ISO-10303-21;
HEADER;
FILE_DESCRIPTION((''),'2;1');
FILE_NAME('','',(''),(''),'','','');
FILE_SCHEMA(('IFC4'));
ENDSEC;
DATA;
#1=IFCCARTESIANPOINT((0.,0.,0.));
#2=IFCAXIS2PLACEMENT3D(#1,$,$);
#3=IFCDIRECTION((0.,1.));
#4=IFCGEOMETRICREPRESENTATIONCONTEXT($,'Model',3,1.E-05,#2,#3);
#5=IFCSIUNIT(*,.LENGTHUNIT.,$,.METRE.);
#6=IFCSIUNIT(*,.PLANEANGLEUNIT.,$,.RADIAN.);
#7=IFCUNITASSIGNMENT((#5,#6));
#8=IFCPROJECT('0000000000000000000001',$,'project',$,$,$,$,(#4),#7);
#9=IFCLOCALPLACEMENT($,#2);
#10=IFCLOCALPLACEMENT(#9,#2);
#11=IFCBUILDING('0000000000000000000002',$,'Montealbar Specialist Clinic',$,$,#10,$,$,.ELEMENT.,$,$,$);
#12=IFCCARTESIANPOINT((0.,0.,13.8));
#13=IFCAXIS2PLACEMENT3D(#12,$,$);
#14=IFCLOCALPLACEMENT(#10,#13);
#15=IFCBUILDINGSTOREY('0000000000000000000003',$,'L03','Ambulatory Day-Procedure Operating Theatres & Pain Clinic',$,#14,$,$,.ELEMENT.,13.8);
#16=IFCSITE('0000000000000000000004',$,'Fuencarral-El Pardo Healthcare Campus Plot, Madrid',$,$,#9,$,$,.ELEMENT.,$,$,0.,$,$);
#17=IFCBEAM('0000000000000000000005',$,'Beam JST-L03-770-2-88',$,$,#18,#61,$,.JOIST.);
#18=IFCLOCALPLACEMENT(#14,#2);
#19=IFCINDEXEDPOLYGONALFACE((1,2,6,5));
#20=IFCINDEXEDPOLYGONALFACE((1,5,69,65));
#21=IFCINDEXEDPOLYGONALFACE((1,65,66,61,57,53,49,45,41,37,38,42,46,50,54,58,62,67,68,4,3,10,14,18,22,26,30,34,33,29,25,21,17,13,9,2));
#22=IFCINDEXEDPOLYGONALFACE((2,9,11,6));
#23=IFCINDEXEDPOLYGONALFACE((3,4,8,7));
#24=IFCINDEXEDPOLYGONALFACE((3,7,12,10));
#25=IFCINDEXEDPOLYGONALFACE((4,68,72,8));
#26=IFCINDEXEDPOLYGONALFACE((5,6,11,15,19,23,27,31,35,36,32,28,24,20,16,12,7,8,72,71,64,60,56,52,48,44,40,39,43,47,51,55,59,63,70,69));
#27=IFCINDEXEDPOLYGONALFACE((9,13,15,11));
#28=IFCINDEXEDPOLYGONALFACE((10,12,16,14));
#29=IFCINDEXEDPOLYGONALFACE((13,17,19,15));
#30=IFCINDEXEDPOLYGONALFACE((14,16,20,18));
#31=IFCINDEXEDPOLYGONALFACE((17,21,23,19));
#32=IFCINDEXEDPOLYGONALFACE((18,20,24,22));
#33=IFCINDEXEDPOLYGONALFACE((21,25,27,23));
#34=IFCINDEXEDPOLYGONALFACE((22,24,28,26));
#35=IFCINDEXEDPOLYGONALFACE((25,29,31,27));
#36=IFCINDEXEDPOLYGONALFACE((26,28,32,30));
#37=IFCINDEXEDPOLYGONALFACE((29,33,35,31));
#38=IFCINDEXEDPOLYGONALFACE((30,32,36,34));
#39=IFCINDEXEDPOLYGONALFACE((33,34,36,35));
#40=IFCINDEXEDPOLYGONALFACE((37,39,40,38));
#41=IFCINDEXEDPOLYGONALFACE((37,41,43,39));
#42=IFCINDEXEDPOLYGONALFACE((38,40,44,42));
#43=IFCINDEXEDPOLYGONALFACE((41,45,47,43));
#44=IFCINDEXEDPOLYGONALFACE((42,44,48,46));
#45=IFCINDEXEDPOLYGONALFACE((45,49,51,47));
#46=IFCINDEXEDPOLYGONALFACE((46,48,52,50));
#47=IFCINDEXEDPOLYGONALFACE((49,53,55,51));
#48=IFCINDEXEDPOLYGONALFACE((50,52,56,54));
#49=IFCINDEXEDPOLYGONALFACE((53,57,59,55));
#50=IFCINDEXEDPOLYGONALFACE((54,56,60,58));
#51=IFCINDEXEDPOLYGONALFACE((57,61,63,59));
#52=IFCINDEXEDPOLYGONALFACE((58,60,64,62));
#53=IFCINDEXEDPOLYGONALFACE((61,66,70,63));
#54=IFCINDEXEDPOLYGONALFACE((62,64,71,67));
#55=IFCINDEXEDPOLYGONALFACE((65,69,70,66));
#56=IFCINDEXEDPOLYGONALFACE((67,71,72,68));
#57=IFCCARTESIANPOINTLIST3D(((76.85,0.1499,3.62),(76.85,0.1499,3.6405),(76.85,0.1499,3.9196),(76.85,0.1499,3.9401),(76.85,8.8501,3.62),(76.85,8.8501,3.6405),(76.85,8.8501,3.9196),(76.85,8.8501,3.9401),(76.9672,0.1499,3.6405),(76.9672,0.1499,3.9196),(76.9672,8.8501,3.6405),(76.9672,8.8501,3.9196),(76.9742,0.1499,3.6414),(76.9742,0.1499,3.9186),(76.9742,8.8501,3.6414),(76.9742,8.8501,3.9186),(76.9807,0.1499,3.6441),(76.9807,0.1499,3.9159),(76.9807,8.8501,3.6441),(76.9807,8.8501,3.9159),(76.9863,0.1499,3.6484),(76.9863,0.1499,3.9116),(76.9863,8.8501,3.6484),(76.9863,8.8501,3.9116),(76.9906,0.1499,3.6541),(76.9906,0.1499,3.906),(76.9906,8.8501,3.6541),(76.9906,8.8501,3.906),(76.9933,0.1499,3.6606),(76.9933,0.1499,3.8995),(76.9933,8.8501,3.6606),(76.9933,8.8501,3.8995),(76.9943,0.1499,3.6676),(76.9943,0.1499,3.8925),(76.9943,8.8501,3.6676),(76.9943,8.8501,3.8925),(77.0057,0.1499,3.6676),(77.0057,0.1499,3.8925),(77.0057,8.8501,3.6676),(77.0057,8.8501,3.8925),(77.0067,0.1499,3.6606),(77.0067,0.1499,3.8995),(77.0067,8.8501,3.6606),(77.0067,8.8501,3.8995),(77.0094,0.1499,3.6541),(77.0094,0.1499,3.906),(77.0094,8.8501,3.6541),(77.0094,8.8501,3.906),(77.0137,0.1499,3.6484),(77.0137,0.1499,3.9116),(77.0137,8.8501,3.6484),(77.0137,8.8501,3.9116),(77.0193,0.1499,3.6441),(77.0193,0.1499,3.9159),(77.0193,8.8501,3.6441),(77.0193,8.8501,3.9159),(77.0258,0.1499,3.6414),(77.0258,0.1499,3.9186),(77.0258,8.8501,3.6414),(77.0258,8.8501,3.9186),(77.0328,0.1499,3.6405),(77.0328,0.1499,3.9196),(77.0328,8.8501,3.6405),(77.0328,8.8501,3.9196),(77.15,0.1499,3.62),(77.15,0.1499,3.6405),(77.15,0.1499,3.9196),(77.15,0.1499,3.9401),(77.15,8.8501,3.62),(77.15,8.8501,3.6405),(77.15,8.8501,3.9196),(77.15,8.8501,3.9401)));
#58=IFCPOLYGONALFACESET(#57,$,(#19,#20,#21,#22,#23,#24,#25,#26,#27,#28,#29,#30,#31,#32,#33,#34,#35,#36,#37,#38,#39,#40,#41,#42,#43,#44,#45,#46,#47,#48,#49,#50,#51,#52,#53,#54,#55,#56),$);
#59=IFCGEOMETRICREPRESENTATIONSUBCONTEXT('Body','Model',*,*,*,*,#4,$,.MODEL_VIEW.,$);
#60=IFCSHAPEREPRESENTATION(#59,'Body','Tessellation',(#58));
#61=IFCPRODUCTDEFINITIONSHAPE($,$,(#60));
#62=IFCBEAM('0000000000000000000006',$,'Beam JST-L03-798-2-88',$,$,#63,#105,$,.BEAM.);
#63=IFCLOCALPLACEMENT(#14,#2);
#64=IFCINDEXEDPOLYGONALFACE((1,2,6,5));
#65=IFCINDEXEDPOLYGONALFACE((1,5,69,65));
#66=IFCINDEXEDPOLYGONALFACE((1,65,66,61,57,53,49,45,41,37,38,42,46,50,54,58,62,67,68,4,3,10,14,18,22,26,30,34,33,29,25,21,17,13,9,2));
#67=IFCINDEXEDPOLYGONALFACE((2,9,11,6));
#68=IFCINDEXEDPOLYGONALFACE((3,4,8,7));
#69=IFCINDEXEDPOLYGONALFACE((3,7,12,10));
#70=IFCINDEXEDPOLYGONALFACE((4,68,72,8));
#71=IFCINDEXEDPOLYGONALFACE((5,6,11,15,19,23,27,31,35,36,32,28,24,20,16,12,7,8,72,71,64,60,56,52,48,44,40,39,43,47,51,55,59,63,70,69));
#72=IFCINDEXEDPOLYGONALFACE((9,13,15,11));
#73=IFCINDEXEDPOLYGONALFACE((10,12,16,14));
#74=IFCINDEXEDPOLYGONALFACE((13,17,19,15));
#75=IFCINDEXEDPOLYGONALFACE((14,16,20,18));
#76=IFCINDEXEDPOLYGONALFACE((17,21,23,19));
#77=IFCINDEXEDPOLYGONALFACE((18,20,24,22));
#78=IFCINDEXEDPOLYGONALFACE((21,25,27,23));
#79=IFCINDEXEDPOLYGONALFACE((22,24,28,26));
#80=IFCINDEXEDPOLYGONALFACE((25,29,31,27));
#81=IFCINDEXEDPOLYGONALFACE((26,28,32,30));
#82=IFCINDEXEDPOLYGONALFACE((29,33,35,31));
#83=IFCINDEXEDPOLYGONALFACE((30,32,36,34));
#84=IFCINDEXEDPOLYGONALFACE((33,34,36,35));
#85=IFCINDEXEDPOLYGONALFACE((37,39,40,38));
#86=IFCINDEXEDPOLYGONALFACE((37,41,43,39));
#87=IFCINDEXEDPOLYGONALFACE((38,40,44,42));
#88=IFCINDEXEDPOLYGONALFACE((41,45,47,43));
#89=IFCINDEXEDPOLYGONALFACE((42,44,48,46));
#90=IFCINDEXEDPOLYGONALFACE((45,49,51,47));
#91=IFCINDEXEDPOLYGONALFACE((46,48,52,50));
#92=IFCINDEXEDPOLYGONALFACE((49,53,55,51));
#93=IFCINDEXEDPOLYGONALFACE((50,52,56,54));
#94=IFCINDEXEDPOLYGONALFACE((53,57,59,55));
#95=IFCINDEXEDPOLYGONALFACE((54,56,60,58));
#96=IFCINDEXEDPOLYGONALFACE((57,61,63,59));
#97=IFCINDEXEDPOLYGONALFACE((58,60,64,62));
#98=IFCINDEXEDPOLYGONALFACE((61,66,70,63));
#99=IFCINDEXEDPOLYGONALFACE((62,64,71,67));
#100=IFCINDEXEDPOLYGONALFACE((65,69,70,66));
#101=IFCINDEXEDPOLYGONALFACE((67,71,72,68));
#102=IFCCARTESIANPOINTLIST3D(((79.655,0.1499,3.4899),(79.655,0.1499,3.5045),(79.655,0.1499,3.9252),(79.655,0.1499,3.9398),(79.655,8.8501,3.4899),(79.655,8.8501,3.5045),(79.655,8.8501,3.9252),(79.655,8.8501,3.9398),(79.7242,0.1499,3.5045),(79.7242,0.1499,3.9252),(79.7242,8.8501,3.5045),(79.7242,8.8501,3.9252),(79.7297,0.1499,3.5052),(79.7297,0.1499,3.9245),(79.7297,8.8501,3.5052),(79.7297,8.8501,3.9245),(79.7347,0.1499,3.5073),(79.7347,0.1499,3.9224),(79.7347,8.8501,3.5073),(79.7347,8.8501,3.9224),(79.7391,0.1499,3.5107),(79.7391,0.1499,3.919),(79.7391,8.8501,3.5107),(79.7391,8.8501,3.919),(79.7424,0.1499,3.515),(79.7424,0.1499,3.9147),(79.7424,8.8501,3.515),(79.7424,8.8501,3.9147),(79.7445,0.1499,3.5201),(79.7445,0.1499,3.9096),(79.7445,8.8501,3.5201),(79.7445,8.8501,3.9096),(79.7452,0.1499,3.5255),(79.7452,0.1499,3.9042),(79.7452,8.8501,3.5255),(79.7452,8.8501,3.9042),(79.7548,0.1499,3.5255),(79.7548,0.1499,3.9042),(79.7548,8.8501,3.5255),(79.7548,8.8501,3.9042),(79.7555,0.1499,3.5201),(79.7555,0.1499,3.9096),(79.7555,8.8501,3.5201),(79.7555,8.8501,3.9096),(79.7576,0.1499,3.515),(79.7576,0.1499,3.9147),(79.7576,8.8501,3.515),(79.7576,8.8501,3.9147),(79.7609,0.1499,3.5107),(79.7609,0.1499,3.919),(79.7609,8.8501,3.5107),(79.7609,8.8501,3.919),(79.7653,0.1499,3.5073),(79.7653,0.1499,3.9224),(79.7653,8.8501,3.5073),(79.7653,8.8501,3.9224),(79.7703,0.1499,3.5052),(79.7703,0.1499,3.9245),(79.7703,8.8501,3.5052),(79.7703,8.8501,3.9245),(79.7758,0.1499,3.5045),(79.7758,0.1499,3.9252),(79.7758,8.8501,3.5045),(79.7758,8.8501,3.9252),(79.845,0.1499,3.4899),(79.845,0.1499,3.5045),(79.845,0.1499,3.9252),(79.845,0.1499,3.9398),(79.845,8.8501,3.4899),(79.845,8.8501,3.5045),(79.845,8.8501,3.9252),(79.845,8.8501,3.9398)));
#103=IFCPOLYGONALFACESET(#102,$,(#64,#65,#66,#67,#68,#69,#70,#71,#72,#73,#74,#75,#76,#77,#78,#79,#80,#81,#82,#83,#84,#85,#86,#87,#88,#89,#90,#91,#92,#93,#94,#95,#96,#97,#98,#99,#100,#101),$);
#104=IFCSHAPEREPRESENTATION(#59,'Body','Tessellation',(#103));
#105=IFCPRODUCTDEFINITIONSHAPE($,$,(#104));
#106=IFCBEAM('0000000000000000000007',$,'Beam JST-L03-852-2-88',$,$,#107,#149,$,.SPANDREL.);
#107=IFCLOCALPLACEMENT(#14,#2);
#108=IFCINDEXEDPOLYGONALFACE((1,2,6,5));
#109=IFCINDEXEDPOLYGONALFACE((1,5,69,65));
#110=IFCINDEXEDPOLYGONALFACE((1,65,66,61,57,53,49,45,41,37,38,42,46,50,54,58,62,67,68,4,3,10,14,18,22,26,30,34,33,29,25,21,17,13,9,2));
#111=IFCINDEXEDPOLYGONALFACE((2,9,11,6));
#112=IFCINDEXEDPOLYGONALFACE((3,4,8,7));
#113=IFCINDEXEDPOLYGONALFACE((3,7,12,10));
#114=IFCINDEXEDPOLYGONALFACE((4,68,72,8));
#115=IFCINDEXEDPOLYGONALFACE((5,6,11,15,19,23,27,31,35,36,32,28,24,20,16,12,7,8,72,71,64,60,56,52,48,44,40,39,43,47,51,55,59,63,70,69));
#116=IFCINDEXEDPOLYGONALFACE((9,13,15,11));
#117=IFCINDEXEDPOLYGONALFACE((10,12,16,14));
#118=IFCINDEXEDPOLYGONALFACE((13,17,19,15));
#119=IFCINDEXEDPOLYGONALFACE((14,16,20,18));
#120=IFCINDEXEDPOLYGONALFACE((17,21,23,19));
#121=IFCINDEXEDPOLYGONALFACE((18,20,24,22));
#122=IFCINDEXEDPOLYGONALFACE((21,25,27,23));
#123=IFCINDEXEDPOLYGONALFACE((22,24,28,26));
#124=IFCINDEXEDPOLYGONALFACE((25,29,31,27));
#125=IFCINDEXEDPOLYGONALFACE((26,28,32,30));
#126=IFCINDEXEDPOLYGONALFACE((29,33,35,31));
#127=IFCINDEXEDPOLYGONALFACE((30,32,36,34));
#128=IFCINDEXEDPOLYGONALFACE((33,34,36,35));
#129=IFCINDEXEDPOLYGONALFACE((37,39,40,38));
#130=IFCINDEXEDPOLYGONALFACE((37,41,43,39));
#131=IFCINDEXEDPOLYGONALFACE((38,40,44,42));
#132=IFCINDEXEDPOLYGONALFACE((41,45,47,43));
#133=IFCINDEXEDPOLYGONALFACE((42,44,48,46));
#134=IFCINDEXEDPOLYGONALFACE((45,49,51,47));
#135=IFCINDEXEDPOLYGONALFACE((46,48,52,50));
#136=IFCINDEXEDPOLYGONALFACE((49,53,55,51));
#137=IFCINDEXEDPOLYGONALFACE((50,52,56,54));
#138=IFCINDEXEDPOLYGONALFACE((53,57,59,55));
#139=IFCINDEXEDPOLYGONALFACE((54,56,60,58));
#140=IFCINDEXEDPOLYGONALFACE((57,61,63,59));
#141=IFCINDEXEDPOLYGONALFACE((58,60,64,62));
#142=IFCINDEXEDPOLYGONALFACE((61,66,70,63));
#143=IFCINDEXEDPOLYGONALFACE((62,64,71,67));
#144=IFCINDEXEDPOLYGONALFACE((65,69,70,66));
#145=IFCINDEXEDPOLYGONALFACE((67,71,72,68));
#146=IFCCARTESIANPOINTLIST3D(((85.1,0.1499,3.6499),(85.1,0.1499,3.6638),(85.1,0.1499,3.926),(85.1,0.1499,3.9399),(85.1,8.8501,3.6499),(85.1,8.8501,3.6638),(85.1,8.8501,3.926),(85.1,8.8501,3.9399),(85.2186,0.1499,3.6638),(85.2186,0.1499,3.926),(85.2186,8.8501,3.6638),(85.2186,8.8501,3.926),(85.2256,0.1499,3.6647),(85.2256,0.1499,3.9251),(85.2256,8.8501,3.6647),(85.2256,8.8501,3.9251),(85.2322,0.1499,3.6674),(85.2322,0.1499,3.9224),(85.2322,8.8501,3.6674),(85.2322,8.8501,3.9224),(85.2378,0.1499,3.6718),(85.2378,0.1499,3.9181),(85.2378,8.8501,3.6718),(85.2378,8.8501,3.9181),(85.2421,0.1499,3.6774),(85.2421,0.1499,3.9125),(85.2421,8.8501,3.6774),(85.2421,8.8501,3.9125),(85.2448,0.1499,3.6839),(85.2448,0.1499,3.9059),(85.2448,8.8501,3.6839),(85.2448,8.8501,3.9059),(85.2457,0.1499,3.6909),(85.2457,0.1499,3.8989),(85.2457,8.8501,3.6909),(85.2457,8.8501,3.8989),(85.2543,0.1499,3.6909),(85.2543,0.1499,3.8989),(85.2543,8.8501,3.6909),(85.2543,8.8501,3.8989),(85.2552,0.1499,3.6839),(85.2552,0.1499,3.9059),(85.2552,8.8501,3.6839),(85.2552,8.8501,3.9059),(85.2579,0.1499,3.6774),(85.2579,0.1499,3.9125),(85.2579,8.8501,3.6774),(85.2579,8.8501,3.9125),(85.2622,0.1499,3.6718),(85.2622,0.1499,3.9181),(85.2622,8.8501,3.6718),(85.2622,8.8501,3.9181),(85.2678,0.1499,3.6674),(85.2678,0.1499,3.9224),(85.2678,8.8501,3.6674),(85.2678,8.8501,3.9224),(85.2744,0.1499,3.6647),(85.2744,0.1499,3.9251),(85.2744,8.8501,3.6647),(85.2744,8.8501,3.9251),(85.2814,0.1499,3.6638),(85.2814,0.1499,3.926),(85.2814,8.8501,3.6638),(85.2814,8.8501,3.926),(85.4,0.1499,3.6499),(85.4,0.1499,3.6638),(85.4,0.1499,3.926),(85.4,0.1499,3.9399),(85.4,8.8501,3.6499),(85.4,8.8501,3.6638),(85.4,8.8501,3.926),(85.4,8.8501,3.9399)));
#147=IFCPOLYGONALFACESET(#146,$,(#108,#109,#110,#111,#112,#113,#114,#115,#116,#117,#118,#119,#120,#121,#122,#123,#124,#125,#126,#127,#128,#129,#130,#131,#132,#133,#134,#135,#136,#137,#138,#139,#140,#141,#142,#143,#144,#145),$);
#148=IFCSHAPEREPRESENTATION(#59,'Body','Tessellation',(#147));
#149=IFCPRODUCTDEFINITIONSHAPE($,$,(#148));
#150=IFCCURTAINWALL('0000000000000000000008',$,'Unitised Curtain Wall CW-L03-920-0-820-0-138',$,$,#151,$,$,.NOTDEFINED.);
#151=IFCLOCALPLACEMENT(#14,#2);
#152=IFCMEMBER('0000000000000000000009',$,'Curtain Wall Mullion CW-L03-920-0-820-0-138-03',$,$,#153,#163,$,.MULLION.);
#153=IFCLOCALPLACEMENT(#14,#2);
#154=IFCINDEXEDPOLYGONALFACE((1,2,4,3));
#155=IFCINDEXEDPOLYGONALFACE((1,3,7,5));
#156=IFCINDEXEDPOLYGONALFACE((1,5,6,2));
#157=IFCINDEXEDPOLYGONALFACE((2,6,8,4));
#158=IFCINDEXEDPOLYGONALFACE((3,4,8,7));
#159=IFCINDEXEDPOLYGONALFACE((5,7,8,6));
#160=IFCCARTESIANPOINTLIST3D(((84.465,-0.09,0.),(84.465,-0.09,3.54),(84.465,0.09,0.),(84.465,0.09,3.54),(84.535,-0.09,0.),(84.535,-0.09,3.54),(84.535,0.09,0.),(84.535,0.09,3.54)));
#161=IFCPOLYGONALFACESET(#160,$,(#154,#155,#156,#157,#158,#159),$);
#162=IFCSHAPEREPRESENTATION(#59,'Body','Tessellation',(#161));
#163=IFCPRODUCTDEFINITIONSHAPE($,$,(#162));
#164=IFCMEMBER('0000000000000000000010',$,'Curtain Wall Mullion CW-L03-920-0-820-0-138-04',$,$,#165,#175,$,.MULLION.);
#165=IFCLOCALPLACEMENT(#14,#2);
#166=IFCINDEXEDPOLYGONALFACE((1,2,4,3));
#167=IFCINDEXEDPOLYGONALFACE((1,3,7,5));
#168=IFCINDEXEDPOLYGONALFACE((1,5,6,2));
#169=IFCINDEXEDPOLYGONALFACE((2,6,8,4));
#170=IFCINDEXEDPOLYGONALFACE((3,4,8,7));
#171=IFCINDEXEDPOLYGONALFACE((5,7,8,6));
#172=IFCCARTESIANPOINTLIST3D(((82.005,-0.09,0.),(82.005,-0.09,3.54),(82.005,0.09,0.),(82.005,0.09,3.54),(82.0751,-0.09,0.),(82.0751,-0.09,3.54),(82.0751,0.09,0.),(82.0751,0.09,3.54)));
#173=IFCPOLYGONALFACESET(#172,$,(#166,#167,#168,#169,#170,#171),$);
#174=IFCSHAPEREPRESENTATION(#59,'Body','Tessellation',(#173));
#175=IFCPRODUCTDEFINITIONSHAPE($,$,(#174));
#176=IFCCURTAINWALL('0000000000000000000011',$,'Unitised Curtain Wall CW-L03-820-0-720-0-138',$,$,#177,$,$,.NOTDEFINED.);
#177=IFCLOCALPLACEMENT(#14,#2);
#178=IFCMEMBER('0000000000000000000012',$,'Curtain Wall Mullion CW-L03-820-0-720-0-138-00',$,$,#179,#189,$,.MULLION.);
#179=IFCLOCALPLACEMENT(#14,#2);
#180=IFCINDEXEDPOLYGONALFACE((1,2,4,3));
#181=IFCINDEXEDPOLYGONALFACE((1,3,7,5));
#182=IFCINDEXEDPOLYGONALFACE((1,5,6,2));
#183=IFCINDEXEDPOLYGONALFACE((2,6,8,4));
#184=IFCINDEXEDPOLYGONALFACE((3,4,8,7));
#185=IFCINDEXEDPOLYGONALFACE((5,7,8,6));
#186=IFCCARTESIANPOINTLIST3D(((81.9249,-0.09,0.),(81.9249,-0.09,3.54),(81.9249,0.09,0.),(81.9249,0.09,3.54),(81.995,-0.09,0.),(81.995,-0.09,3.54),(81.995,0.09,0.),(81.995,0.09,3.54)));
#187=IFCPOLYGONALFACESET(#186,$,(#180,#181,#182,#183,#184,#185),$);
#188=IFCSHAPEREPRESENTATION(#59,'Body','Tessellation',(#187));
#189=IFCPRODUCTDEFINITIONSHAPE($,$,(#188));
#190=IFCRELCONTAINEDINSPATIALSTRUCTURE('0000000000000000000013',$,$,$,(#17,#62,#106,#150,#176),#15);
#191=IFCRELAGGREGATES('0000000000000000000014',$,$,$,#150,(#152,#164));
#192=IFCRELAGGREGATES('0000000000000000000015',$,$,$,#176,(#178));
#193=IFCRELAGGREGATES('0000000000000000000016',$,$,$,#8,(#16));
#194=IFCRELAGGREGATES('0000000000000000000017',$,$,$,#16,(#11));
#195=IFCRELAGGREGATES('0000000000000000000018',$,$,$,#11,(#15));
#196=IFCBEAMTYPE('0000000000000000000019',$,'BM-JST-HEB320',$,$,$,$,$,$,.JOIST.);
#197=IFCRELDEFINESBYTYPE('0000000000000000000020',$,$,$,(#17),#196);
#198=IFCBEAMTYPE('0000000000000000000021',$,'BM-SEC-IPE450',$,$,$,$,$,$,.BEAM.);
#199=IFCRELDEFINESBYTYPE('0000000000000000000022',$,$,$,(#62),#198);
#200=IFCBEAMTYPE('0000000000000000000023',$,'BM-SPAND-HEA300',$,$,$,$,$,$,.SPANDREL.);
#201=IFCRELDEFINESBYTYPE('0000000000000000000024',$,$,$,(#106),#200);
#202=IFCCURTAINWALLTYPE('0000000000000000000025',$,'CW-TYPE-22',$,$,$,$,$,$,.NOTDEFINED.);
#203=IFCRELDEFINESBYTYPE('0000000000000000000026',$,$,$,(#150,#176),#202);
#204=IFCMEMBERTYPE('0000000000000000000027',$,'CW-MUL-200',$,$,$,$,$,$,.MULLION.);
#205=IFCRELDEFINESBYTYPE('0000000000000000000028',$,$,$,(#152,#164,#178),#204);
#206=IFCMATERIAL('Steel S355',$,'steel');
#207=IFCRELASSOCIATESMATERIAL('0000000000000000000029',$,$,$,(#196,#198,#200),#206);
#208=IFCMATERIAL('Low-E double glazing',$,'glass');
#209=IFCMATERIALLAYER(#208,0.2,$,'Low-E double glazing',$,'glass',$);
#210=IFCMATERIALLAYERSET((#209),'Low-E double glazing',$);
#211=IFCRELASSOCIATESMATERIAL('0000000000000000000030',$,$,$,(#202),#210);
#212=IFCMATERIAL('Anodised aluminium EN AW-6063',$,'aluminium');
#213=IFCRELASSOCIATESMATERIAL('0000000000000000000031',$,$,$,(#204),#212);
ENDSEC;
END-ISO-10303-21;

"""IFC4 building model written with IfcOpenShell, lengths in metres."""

from ifc_helpers import new_model, si_unit, direction, frame, origin, origin_2d, place, context, subcontext, project, spatial, rectangle, i_section, extrude, material, layer, layer_set, material_profile, profile_set, type_object, element, aggregate, save


model = new_model("IFC4")

# Units and contexts
model_context = context("Model", 3, precision=1e-05, world=origin(), true_north=direction((0.0, 1.0)))
body_context = subcontext(model_context, "Body", "Model", "MODEL_VIEW")
ifc_project = project(units=[si_unit("LENGTHUNIT", "METRE"), si_unit("PLANEANGLEUNIT", "RADIAN")], contexts=[model_context])

# Site, building, storey
site_placement = place(None, origin())
site = spatial("IfcSite", under=ifc_project, at=site_placement, Name="Fuencarral-El Pardo Healthcare Campus Plot, Madrid", CompositionType="ELEMENT", RefElevation=0.0)
building_placement = place(site_placement, origin())
building = spatial("IfcBuilding", under=site, at=building_placement, Name="Montealbar Specialist Clinic", CompositionType="ELEMENT")
storey_placement = place(building_placement, frame((0.0, 0.0, 13.8)))
storey = spatial("IfcBuildingStorey", under=building, at=storey_placement, Name="L03", Description="Ambulatory Day-Procedure Operating Theatres & Pain Clinic", CompositionType="ELEMENT", Elevation=13.8)

# Shared definitions
ifc_material_1 = material(Name="Steel S355", Category="steel")

# Beams
ifc_material_profile_1 = material_profile(ifc_material_1, i_section(OverallWidth=0.3, OverallDepth=0.3201, WebThickness=0.0115, FlangeThickness=0.0205, FilletRadius=0.0271, at=origin_2d()), Name="HEB 320", Category="steel")
ifc_profile_set_1 = profile_set([ifc_material_profile_1], Name="Steel S355")
beam_type_1 = type_object("IfcBeamType", Name="BM-JST-HEB320", PredefinedType="JOIST", material=ifc_profile_set_1)
beam_1_placement = place(storey_placement, frame((77.0, 0.1499, 3.78), z_axis=(0.0, 1.0, 0.0), x_axis=(-1.0, 0.0, 0.0)))
element("IfcBeam", 1, at=beam_1_placement, inside=storey, type_object=beam_type_1, Name="Beam JST-L03-770-2-88", PredefinedType="JOIST", context=body_context, shape_type="SweptSolid", body=[
    extrude(i_section(OverallWidth=0.3, OverallDepth=0.3201, WebThickness=0.0115, FlangeThickness=0.0205, FilletRadius=0.0271, at=origin_2d()), origin(), (0.0, 0.0, 1.0), 8.7002),
])
ifc_material_profile_2 = material_profile(ifc_material_1, i_section(OverallWidth=0.1899, OverallDepth=0.45, WebThickness=0.0095, FlangeThickness=0.0146, FilletRadius=0.021, at=origin_2d()), Name="IPE 450", Category="steel")
ifc_profile_set_2 = profile_set([ifc_material_profile_2], Name="Steel S355")
beam_type_2 = type_object("IfcBeamType", Name="BM-SEC-IPE450", PredefinedType="BEAM", material=ifc_profile_set_2)
beam_2_placement = place(storey_placement, frame((79.75, 0.1499, 3.7148), z_axis=(0.0, 1.0, 0.0), x_axis=(-1.0, 0.0, 0.0)))
element("IfcBeam", 2, at=beam_2_placement, inside=storey, type_object=beam_type_2, Name="Beam JST-L03-798-2-88", PredefinedType="BEAM", context=body_context, shape_type="SweptSolid", body=[
    extrude(i_section(OverallWidth=0.1899, OverallDepth=0.45, WebThickness=0.0095, FlangeThickness=0.0146, FilletRadius=0.021, at=origin_2d()), origin(), (0.0, 0.0, 1.0), 8.7002),
])
ifc_material_profile_3 = material_profile(ifc_material_1, i_section(OverallWidth=0.3, OverallDepth=0.29, WebThickness=0.0085, FlangeThickness=0.0139, FilletRadius=0.0271, at=origin_2d()), Name="HEA 300", Category="steel")
ifc_profile_set_3 = profile_set([ifc_material_profile_3], Name="Steel S355")
beam_type_3 = type_object("IfcBeamType", Name="BM-SPAND-HEA300", PredefinedType="SPANDREL", material=ifc_profile_set_3)
beam_3_placement = place(storey_placement, frame((85.25, 0.1499, 3.7949), z_axis=(0.0, 1.0, 0.0), x_axis=(-1.0, 0.0, 0.0)))
element("IfcBeam", 3, at=beam_3_placement, inside=storey, type_object=beam_type_3, Name="Beam JST-L03-852-2-88", PredefinedType="SPANDREL", context=body_context, shape_type="SweptSolid", body=[
    extrude(i_section(OverallWidth=0.3, OverallDepth=0.29, WebThickness=0.0085, FlangeThickness=0.0139, FilletRadius=0.0271, at=origin_2d()), origin(), (0.0, 0.0, 1.0), 8.7002),
])

# Curtain walls, members
ifc_material_2 = material(Name="Low-E double glazing", Category="glass")
ifc_layer_1 = layer(ifc_material_2, 0.2, Name="Low-E double glazing", Category="glass")
ifc_layer_set_1 = layer_set([ifc_layer_1], Name="Low-E double glazing")
curtain_wall_type = type_object("IfcCurtainWallType", Name="CW-TYPE-22", PredefinedType="NOTDEFINED", material=ifc_layer_set_1)
curtain_wall_1_placement = place(storey_placement, origin())
curtain_wall_1 = element("IfcCurtainWall", 4, at=curtain_wall_1_placement, inside=storey, type_object=curtain_wall_type, Name="Unitised Curtain Wall CW-L03-920-0-820-0-138", PredefinedType="NOTDEFINED")
ifc_material_3 = material(Name="Anodised aluminium EN AW-6063", Category="aluminium")
ifc_material_profile_4 = material_profile(ifc_material_3, rectangle(XDim=0.0701, YDim=0.1799, at=origin_2d()), Name="ALU 70x180", Category="aluminium")
ifc_profile_set_4 = profile_set([ifc_material_profile_4], Name="Anodised aluminium EN AW-6063")
member_type_1 = type_object("IfcMemberType", Name="CW-MUL-200", PredefinedType="MULLION", material=ifc_profile_set_4)
member_1_placement = place(storey_placement, frame((84.5, 0.0, 0.0), z_axis=(0.0, 0.0, 1.0), x_axis=(-1.0, 0.0, 0.0)))
member_1 = element("IfcMember", 5, at=member_1_placement, type_object=member_type_1, Name="Curtain Wall Mullion CW-L03-920-0-820-0-138-03", PredefinedType="MULLION", context=body_context, shape_type="SweptSolid", body=[
    extrude(rectangle(XDim=0.0701, YDim=0.1799, at=origin_2d()), origin(), (0.0, 0.0, 1.0), 3.54),
])
member_2_placement = place(storey_placement, frame((82.04, 0.0, 0.0), z_axis=(0.0, 0.0, 1.0), x_axis=(-1.0, 0.0, 0.0)))
member_2 = element("IfcMember", 6, at=member_2_placement, type_object=member_type_1, Name="Curtain Wall Mullion CW-L03-920-0-820-0-138-04", PredefinedType="MULLION", context=body_context, shape_type="SweptSolid", body=[
    extrude(rectangle(XDim=0.0701, YDim=0.1799, at=origin_2d()), origin(), (0.0, 0.0, 1.0), 3.54),
])
curtain_wall_2_placement = place(storey_placement, origin())
curtain_wall_2 = element("IfcCurtainWall", 7, at=curtain_wall_2_placement, inside=storey, type_object=curtain_wall_type, Name="Unitised Curtain Wall CW-L03-820-0-720-0-138", PredefinedType="NOTDEFINED")
member_3_placement = place(storey_placement, frame((81.96, 0.0, 0.0), z_axis=(0.0, 0.0, 1.0), x_axis=(-1.0, 0.0, 0.0)))
member_3 = element("IfcMember", 8, at=member_3_placement, type_object=member_type_1, Name="Curtain Wall Mullion CW-L03-820-0-720-0-138-00", PredefinedType="MULLION", context=body_context, shape_type="SweptSolid", body=[
    extrude(rectangle(XDim=0.0701, YDim=0.1799, at=origin_2d()), origin(), (0.0, 0.0, 1.0), 3.54),
])

aggregate(curtain_wall_1, [member_1, member_2])
aggregate(curtain_wall_2, [member_3])

save(model, "model.ifc")
